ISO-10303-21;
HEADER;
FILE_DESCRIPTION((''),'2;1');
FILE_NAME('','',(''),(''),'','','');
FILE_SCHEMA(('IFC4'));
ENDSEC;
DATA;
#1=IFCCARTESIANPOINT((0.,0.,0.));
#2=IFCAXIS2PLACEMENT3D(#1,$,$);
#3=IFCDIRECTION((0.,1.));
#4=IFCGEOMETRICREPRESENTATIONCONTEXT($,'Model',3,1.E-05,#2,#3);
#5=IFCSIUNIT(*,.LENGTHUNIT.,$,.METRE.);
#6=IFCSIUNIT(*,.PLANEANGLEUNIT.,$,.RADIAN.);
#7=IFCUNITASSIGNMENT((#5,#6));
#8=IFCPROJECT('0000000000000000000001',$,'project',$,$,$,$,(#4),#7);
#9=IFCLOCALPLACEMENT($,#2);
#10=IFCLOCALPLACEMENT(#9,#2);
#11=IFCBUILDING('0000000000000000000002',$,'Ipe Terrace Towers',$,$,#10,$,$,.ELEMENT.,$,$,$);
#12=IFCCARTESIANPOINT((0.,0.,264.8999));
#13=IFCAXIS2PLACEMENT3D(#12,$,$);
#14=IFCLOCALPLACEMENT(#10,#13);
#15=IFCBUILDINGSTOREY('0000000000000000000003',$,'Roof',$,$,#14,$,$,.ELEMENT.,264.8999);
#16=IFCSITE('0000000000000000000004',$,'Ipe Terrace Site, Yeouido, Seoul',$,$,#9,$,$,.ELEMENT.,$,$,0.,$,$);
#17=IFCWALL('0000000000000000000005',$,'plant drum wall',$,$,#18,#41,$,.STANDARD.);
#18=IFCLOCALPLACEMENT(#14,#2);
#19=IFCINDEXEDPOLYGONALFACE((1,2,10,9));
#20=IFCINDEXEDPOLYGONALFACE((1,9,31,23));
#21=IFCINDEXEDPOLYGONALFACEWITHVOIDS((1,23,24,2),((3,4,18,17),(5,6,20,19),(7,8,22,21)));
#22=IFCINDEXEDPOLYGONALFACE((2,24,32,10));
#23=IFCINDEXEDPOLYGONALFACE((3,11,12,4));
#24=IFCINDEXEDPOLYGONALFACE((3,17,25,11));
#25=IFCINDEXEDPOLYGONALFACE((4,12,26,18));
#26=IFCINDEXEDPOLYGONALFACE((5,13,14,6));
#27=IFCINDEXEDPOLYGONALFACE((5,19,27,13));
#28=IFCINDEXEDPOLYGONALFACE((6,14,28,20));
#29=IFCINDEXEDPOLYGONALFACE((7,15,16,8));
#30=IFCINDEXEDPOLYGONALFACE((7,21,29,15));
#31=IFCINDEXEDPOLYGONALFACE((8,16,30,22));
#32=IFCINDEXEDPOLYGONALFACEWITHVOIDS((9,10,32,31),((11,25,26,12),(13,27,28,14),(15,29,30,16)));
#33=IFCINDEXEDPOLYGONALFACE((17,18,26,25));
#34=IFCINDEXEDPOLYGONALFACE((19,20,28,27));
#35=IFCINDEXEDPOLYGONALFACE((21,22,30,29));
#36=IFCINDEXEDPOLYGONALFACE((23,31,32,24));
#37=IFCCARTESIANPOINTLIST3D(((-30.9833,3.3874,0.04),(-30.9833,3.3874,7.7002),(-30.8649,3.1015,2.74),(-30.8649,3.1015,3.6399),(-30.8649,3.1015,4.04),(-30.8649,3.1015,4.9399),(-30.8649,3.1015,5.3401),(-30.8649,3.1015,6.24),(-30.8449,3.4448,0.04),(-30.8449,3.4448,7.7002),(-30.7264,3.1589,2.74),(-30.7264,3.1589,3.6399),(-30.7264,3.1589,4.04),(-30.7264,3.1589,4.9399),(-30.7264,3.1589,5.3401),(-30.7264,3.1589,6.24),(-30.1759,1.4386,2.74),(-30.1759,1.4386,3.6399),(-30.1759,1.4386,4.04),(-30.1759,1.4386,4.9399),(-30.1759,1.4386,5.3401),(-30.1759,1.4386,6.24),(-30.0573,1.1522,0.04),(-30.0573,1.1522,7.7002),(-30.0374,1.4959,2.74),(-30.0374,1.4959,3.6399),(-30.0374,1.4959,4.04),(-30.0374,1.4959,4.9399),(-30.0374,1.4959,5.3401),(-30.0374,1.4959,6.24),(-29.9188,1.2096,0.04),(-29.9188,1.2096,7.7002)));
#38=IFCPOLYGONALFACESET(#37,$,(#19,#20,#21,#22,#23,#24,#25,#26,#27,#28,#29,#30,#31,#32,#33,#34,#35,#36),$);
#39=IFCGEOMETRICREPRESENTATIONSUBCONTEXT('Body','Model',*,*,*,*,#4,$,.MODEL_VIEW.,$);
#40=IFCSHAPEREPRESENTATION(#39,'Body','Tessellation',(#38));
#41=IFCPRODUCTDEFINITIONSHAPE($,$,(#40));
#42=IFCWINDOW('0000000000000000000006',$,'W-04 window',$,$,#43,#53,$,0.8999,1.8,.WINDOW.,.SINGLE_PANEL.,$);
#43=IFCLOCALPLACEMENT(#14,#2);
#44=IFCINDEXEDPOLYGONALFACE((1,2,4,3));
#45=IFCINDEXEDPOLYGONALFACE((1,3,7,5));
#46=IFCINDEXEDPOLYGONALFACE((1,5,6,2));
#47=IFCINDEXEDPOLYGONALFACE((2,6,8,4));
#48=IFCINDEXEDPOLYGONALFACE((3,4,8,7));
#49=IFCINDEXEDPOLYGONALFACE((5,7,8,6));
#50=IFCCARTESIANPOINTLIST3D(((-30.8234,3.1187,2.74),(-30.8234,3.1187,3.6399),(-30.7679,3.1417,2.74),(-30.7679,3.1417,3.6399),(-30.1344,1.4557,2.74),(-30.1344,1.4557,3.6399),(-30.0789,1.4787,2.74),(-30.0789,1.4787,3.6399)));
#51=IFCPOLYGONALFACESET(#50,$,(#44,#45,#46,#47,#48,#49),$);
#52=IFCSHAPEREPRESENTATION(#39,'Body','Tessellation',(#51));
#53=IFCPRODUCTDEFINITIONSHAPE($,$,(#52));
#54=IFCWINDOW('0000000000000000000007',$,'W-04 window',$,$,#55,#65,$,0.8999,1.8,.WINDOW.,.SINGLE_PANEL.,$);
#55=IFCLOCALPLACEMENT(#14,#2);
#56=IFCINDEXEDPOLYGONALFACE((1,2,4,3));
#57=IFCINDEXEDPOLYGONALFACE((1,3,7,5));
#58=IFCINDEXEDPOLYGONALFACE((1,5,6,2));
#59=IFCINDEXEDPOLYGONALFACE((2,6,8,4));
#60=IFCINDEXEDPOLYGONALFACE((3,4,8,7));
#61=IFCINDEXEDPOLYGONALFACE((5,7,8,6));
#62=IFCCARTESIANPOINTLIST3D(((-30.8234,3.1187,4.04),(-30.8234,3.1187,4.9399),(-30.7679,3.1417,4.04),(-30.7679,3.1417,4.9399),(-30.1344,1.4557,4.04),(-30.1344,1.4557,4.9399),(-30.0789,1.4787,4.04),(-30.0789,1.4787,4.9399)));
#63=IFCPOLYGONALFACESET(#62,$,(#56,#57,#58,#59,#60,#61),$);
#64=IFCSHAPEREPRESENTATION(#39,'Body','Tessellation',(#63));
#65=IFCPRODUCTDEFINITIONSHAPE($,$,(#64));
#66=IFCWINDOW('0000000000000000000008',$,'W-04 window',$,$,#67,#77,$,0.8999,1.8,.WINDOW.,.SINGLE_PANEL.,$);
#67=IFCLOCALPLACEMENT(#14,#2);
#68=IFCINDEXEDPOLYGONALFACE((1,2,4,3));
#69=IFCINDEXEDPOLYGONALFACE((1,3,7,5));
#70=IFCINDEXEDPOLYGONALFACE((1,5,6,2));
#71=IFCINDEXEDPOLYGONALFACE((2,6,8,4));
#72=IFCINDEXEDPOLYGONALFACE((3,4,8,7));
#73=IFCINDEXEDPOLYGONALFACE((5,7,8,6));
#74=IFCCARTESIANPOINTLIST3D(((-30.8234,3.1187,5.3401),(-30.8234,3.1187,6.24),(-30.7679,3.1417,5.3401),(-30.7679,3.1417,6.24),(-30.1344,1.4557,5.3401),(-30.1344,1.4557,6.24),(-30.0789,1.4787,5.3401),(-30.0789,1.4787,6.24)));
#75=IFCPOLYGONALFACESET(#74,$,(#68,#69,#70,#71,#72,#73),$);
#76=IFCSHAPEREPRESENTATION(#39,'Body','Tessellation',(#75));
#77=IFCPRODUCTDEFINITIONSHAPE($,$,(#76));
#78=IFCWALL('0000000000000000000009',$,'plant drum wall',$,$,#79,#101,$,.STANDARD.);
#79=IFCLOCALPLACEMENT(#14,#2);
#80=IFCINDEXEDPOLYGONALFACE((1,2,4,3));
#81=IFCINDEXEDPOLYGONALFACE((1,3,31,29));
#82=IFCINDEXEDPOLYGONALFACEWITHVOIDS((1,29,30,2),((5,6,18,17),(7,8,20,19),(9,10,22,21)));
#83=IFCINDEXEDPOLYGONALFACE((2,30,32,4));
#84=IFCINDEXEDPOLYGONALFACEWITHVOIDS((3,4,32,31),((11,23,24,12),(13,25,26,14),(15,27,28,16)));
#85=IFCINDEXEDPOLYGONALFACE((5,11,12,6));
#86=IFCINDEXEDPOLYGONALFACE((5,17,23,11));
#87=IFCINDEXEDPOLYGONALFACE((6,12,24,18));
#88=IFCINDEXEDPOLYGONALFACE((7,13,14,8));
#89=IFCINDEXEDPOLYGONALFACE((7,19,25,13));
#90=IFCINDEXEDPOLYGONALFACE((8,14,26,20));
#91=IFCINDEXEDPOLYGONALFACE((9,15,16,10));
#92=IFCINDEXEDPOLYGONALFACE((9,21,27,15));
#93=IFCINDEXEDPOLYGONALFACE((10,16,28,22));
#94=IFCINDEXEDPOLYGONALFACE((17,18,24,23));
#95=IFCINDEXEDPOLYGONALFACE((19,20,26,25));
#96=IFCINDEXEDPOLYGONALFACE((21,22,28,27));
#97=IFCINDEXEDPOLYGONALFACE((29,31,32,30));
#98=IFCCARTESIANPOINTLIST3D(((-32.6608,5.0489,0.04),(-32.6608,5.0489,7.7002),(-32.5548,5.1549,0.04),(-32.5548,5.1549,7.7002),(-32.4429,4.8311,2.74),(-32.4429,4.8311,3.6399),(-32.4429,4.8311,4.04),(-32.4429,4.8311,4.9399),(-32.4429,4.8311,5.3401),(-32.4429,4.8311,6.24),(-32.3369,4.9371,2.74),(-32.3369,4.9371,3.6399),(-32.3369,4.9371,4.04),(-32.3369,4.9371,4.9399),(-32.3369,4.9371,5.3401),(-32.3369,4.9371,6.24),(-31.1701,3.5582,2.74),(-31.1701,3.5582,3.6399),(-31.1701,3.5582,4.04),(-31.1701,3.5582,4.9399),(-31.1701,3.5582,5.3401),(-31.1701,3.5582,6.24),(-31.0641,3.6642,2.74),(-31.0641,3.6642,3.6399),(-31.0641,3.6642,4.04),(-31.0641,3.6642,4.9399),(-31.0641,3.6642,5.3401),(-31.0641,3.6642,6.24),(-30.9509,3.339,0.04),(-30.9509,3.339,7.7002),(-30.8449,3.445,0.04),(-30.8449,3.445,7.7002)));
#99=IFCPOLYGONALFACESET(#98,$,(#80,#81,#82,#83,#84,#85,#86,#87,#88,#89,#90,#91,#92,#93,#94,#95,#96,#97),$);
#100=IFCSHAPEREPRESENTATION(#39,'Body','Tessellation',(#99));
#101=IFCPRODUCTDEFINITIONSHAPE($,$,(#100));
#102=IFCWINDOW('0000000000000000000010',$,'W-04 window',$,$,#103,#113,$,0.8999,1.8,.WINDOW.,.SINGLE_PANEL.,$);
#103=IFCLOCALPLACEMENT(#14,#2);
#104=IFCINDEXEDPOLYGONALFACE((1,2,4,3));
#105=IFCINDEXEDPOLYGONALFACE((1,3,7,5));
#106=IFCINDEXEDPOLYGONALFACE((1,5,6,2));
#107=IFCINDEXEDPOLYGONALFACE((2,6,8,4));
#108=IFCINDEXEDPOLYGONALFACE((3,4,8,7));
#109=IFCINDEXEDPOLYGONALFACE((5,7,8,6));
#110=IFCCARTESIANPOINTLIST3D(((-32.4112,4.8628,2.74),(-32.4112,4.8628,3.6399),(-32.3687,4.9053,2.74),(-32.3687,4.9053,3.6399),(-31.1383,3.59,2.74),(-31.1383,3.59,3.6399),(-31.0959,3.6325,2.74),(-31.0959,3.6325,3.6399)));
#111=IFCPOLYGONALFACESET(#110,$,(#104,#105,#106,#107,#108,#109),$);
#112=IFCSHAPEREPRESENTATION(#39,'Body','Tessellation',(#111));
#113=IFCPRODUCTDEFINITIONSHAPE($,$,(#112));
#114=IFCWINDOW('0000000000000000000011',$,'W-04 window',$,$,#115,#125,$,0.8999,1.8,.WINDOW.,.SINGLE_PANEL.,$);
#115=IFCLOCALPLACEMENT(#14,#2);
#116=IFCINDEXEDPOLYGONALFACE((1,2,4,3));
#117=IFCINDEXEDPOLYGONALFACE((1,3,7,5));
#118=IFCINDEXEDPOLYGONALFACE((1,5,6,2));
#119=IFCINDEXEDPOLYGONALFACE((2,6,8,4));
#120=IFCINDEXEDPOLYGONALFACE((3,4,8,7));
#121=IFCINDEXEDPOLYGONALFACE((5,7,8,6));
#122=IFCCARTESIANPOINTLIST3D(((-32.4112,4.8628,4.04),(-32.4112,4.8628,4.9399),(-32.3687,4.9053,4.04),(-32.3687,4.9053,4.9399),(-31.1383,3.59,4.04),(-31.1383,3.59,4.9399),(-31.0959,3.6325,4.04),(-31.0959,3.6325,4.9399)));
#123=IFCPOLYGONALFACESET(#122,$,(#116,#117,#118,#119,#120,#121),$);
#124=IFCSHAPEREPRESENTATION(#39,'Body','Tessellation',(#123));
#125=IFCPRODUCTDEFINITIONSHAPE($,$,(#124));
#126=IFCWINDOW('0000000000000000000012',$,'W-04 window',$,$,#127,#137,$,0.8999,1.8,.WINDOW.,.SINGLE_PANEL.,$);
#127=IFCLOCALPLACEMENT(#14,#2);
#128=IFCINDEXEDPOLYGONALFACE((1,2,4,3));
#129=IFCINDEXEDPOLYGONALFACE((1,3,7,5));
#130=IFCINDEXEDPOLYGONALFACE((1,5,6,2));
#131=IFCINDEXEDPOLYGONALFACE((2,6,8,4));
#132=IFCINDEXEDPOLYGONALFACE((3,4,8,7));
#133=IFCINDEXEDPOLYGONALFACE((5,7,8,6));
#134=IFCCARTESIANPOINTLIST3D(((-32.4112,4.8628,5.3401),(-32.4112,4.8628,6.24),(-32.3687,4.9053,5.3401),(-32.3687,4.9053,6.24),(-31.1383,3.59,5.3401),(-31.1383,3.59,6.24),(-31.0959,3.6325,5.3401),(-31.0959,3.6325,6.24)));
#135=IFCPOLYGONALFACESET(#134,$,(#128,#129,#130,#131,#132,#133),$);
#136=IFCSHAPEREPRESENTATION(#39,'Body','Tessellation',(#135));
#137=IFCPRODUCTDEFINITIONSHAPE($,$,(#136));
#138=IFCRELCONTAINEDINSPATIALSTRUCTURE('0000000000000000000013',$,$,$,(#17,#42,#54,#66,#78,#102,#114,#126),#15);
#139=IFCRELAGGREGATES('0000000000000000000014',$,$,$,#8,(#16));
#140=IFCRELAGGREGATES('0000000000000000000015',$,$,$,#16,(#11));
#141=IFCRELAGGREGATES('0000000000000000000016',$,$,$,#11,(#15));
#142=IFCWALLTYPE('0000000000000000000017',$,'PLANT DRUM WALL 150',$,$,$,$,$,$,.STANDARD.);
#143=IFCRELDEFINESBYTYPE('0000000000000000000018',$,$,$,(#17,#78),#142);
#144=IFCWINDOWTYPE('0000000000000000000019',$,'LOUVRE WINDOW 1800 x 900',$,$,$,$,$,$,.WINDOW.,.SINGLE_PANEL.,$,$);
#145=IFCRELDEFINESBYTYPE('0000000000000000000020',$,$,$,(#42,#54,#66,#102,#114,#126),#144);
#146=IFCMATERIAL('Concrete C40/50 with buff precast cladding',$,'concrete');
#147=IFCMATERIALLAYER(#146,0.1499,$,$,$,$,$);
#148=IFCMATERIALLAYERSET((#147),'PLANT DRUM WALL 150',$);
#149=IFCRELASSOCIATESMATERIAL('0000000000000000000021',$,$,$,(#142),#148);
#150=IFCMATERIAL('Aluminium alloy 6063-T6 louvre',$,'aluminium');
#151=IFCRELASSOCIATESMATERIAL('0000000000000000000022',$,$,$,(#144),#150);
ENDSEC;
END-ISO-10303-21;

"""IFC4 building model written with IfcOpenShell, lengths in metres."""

from ifc_helpers import new_model, si_unit, direction, frame, frame_2d, origin, place, context, subcontext, project, spatial, rectangle, extrude, material, layer, layer_set, type_object, element, fill, save


model = new_model("IFC4")

# Units and contexts
model_context = context("Model", 3, precision=1e-05, world=origin(), true_north=direction((0.0, 1.0)))
body_context = subcontext(model_context, "Body", "Model", "MODEL_VIEW")
ifc_project = project(units=[si_unit("LENGTHUNIT", "METRE"), si_unit("PLANEANGLEUNIT", "RADIAN")], contexts=[model_context])

# Site, building, storey
site_placement = place(None, origin())
site = spatial("IfcSite", under=ifc_project, at=site_placement, Name="Ipe Terrace Site, Yeouido, Seoul", CompositionType="ELEMENT", RefElevation=0.0)
building_placement = place(site_placement, origin())
building = spatial("IfcBuilding", under=site, at=building_placement, Name="Ipe Terrace Towers", CompositionType="ELEMENT")
storey_placement = place(building_placement, frame((0.0, 0.0, 264.8999)))
storey = spatial("IfcBuildingStorey", under=building, at=storey_placement, Name="Roof", CompositionType="ELEMENT", Elevation=264.8999)

# Walls, openings, windows
ifc_material_1 = material(Name="Concrete C40/50 with buff precast cladding", Category="concrete")
ifc_layer_1 = layer(ifc_material_1, 0.1499)
ifc_layer_set_1 = layer_set([ifc_layer_1], Name="PLANT DRUM WALL 150")
wall_type = type_object("IfcWallType", Name="PLANT DRUM WALL 150", PredefinedType="STANDARD", material=ifc_layer_set_1)
wall_1_placement = place(storey_placement, frame((-29.988, 1.1809, 0.04), z_axis=(0.0, 0.0, 1.0), x_axis=(-0.382759, 0.923848, 0.0)))
wall_1 = element("IfcWall", 1, at=wall_1_placement, inside=storey, type_object=wall_type, Name="plant drum wall", PredefinedType="STANDARD", context=body_context, shape_type="SweptSolid", body=[
    extrude(rectangle(XDim=2.4194, YDim=0.1499, at=frame_2d((1.2097, 0.0))), origin(), (0.0, 0.0, 1.0), 7.6602),
])
opening_1_placement = place(wall_1_placement, frame((0.3101, 0.0, 2.7)))
opening_1 = element("IfcOpeningElement", 2, at=opening_1_placement, cuts=wall_1, PredefinedType="OPENING", context=body_context, shape_type="SweptSolid", body=[
    extrude(rectangle(XDim=1.8, YDim=0.8999, at=frame_2d((0.8999, 0.45))), frame((0.0, 0.085, 0.0), z_axis=(0.0, -1.0, 0.0), x_axis=(1.0, 0.0, 0.0)), (0.0, 0.0, 1.0), 0.1699),
])
opening_2_placement = place(wall_1_placement, frame((0.3101, 0.0, 4.0)))
opening_2 = element("IfcOpeningElement", 3, at=opening_2_placement, cuts=wall_1, PredefinedType="OPENING", context=body_context, shape_type="SweptSolid", body=[
    extrude(rectangle(XDim=1.8, YDim=0.8999, at=frame_2d((0.8999, 0.45))), frame((0.0, 0.085, 0.0), z_axis=(0.0, -1.0, 0.0), x_axis=(1.0, 0.0, 0.0)), (0.0, 0.0, 1.0), 0.1699),
])
opening_3_placement = place(wall_1_placement, frame((0.3101, 0.0, 5.3)))
opening_3 = element("IfcOpeningElement", 4, at=opening_3_placement, cuts=wall_1, PredefinedType="OPENING", context=body_context, shape_type="SweptSolid", body=[
    extrude(rectangle(XDim=1.8, YDim=0.8999, at=frame_2d((0.8999, 0.45))), frame((0.0, 0.085, 0.0), z_axis=(0.0, -1.0, 0.0), x_axis=(1.0, 0.0, 0.0)), (0.0, 0.0, 1.0), 0.1699),
])
ifc_material_2 = material(Name="Aluminium alloy 6063-T6 louvre", Category="aluminium")
window_type = type_object("IfcWindowType", Name="LOUVRE WINDOW 1800 x 900", PartitioningType="SINGLE_PANEL", PredefinedType="WINDOW", material=ifc_material_2)
window_1_placement = place(opening_1_placement, origin())
window_1 = element("IfcWindow", 5, at=window_1_placement, inside=storey, type_object=window_type, Name="W-04 window", OverallHeight=0.8999, OverallWidth=1.8, PartitioningType="SINGLE_PANEL", PredefinedType="WINDOW", context=body_context, shape_type="SweptSolid", body=[
    extrude(rectangle(XDim=1.8, YDim=0.8999, at=frame_2d((0.8999, 0.45))), frame((0.0, 0.03, 0.0), z_axis=(0.0, -1.0, 0.0), x_axis=(1.0, 0.0, 0.0)), (0.0, 0.0, 1.0), 0.0601),
])
fill(opening_1, window_1)
window_2_placement = place(opening_2_placement, origin())
window_2 = element("IfcWindow", 6, at=window_2_placement, inside=storey, type_object=window_type, Name="W-04 window", OverallHeight=0.8999, OverallWidth=1.8, PartitioningType="SINGLE_PANEL", PredefinedType="WINDOW", context=body_context, shape_type="SweptSolid", body=[
    extrude(rectangle(XDim=1.8, YDim=0.8999, at=frame_2d((0.8999, 0.45))), frame((0.0, 0.03, 0.0), z_axis=(0.0, -1.0, 0.0), x_axis=(1.0, 0.0, 0.0)), (0.0, 0.0, 1.0), 0.0601),
])
fill(opening_2, window_2)
window_3_placement = place(opening_3_placement, origin())
window_3 = element("IfcWindow", 7, at=window_3_placement, inside=storey, type_object=window_type, Name="W-04 window", OverallHeight=0.8999, OverallWidth=1.8, PartitioningType="SINGLE_PANEL", PredefinedType="WINDOW", context=body_context, shape_type="SweptSolid", body=[
    extrude(rectangle(XDim=1.8, YDim=0.8999, at=frame_2d((0.8999, 0.45))), frame((0.0, 0.03, 0.0), z_axis=(0.0, -1.0, 0.0), x_axis=(1.0, 0.0, 0.0)), (0.0, 0.0, 1.0), 0.0601),
])
fill(opening_3, window_3)
wall_2_placement = place(storey_placement, frame((-30.8979, 3.3921, 0.04), z_axis=(0.0, 0.0, 1.0), x_axis=(-0.707107, 0.707107, 0.0)))
wall_2 = element("IfcWall", 8, at=wall_2_placement, inside=storey, type_object=wall_type, Name="plant drum wall", PredefinedType="STANDARD", context=body_context, shape_type="SweptSolid", body=[
    extrude(rectangle(XDim=2.4182, YDim=0.1499, at=frame_2d((1.209, 0.0))), origin(), (0.0, 0.0, 1.0), 7.6602),
])
opening_4_placement = place(wall_2_placement, frame((0.3101, 0.0, 2.7)))
opening_4 = element("IfcOpeningElement", 9, at=opening_4_placement, cuts=wall_2, PredefinedType="OPENING", context=body_context, shape_type="SweptSolid", body=[
    extrude(rectangle(XDim=1.8, YDim=0.8999, at=frame_2d((0.8999, 0.45))), frame((0.0, 0.085, 0.0), z_axis=(0.0, -1.0, 0.0), x_axis=(1.0, 0.0, 0.0)), (0.0, 0.0, 1.0), 0.1699),
])
opening_5_placement = place(wall_2_placement, frame((0.3101, 0.0, 4.0)))
opening_5 = element("IfcOpeningElement", 10, at=opening_5_placement, cuts=wall_2, PredefinedType="OPENING", context=body_context, shape_type="SweptSolid", body=[
    extrude(rectangle(XDim=1.8, YDim=0.8999, at=frame_2d((0.8999, 0.45))), frame((0.0, 0.085, 0.0), z_axis=(0.0, -1.0, 0.0), x_axis=(1.0, 0.0, 0.0)), (0.0, 0.0, 1.0), 0.1699),
])
opening_6_placement = place(wall_2_placement, frame((0.3101, 0.0, 5.3)))
opening_6 = element("IfcOpeningElement", 11, at=opening_6_placement, cuts=wall_2, PredefinedType="OPENING", context=body_context, shape_type="SweptSolid", body=[
    extrude(rectangle(XDim=1.8, YDim=0.8999, at=frame_2d((0.8999, 0.45))), frame((0.0, 0.085, 0.0), z_axis=(0.0, -1.0, 0.0), x_axis=(1.0, 0.0, 0.0)), (0.0, 0.0, 1.0), 0.1699),
])
window_4_placement = place(opening_4_placement, origin())
window_4 = element("IfcWindow", 12, at=window_4_placement, inside=storey, type_object=window_type, Name="W-04 window", OverallHeight=0.8999, OverallWidth=1.8, PartitioningType="SINGLE_PANEL", PredefinedType="WINDOW", context=body_context, shape_type="SweptSolid", body=[
    extrude(rectangle(XDim=1.8, YDim=0.8999, at=frame_2d((0.8999, 0.45))), frame((0.0, 0.03, 0.0), z_axis=(0.0, -1.0, 0.0), x_axis=(1.0, 0.0, 0.0)), (0.0, 0.0, 1.0), 0.0601),
])
fill(opening_4, window_4)
window_5_placement = place(opening_5_placement, origin())
window_5 = element("IfcWindow", 13, at=window_5_placement, inside=storey, type_object=window_type, Name="W-04 window", OverallHeight=0.8999, OverallWidth=1.8, PartitioningType="SINGLE_PANEL", PredefinedType="WINDOW", context=body_context, shape_type="SweptSolid", body=[
    extrude(rectangle(XDim=1.8, YDim=0.8999, at=frame_2d((0.8999, 0.45))), frame((0.0, 0.03, 0.0), z_axis=(0.0, -1.0, 0.0), x_axis=(1.0, 0.0, 0.0)), (0.0, 0.0, 1.0), 0.0601),
])
fill(opening_5, window_5)
window_6_placement = place(opening_6_placement, origin())
window_6 = element("IfcWindow", 14, at=window_6_placement, inside=storey, type_object=window_type, Name="W-04 window", OverallHeight=0.8999, OverallWidth=1.8, PartitioningType="SINGLE_PANEL", PredefinedType="WINDOW", context=body_context, shape_type="SweptSolid", body=[
    extrude(rectangle(XDim=1.8, YDim=0.8999, at=frame_2d((0.8999, 0.45))), frame((0.0, 0.03, 0.0), z_axis=(0.0, -1.0, 0.0), x_axis=(1.0, 0.0, 0.0)), (0.0, 0.0, 1.0), 0.0601),
])
fill(opening_6, window_6)

save(model, "model.ifc")
